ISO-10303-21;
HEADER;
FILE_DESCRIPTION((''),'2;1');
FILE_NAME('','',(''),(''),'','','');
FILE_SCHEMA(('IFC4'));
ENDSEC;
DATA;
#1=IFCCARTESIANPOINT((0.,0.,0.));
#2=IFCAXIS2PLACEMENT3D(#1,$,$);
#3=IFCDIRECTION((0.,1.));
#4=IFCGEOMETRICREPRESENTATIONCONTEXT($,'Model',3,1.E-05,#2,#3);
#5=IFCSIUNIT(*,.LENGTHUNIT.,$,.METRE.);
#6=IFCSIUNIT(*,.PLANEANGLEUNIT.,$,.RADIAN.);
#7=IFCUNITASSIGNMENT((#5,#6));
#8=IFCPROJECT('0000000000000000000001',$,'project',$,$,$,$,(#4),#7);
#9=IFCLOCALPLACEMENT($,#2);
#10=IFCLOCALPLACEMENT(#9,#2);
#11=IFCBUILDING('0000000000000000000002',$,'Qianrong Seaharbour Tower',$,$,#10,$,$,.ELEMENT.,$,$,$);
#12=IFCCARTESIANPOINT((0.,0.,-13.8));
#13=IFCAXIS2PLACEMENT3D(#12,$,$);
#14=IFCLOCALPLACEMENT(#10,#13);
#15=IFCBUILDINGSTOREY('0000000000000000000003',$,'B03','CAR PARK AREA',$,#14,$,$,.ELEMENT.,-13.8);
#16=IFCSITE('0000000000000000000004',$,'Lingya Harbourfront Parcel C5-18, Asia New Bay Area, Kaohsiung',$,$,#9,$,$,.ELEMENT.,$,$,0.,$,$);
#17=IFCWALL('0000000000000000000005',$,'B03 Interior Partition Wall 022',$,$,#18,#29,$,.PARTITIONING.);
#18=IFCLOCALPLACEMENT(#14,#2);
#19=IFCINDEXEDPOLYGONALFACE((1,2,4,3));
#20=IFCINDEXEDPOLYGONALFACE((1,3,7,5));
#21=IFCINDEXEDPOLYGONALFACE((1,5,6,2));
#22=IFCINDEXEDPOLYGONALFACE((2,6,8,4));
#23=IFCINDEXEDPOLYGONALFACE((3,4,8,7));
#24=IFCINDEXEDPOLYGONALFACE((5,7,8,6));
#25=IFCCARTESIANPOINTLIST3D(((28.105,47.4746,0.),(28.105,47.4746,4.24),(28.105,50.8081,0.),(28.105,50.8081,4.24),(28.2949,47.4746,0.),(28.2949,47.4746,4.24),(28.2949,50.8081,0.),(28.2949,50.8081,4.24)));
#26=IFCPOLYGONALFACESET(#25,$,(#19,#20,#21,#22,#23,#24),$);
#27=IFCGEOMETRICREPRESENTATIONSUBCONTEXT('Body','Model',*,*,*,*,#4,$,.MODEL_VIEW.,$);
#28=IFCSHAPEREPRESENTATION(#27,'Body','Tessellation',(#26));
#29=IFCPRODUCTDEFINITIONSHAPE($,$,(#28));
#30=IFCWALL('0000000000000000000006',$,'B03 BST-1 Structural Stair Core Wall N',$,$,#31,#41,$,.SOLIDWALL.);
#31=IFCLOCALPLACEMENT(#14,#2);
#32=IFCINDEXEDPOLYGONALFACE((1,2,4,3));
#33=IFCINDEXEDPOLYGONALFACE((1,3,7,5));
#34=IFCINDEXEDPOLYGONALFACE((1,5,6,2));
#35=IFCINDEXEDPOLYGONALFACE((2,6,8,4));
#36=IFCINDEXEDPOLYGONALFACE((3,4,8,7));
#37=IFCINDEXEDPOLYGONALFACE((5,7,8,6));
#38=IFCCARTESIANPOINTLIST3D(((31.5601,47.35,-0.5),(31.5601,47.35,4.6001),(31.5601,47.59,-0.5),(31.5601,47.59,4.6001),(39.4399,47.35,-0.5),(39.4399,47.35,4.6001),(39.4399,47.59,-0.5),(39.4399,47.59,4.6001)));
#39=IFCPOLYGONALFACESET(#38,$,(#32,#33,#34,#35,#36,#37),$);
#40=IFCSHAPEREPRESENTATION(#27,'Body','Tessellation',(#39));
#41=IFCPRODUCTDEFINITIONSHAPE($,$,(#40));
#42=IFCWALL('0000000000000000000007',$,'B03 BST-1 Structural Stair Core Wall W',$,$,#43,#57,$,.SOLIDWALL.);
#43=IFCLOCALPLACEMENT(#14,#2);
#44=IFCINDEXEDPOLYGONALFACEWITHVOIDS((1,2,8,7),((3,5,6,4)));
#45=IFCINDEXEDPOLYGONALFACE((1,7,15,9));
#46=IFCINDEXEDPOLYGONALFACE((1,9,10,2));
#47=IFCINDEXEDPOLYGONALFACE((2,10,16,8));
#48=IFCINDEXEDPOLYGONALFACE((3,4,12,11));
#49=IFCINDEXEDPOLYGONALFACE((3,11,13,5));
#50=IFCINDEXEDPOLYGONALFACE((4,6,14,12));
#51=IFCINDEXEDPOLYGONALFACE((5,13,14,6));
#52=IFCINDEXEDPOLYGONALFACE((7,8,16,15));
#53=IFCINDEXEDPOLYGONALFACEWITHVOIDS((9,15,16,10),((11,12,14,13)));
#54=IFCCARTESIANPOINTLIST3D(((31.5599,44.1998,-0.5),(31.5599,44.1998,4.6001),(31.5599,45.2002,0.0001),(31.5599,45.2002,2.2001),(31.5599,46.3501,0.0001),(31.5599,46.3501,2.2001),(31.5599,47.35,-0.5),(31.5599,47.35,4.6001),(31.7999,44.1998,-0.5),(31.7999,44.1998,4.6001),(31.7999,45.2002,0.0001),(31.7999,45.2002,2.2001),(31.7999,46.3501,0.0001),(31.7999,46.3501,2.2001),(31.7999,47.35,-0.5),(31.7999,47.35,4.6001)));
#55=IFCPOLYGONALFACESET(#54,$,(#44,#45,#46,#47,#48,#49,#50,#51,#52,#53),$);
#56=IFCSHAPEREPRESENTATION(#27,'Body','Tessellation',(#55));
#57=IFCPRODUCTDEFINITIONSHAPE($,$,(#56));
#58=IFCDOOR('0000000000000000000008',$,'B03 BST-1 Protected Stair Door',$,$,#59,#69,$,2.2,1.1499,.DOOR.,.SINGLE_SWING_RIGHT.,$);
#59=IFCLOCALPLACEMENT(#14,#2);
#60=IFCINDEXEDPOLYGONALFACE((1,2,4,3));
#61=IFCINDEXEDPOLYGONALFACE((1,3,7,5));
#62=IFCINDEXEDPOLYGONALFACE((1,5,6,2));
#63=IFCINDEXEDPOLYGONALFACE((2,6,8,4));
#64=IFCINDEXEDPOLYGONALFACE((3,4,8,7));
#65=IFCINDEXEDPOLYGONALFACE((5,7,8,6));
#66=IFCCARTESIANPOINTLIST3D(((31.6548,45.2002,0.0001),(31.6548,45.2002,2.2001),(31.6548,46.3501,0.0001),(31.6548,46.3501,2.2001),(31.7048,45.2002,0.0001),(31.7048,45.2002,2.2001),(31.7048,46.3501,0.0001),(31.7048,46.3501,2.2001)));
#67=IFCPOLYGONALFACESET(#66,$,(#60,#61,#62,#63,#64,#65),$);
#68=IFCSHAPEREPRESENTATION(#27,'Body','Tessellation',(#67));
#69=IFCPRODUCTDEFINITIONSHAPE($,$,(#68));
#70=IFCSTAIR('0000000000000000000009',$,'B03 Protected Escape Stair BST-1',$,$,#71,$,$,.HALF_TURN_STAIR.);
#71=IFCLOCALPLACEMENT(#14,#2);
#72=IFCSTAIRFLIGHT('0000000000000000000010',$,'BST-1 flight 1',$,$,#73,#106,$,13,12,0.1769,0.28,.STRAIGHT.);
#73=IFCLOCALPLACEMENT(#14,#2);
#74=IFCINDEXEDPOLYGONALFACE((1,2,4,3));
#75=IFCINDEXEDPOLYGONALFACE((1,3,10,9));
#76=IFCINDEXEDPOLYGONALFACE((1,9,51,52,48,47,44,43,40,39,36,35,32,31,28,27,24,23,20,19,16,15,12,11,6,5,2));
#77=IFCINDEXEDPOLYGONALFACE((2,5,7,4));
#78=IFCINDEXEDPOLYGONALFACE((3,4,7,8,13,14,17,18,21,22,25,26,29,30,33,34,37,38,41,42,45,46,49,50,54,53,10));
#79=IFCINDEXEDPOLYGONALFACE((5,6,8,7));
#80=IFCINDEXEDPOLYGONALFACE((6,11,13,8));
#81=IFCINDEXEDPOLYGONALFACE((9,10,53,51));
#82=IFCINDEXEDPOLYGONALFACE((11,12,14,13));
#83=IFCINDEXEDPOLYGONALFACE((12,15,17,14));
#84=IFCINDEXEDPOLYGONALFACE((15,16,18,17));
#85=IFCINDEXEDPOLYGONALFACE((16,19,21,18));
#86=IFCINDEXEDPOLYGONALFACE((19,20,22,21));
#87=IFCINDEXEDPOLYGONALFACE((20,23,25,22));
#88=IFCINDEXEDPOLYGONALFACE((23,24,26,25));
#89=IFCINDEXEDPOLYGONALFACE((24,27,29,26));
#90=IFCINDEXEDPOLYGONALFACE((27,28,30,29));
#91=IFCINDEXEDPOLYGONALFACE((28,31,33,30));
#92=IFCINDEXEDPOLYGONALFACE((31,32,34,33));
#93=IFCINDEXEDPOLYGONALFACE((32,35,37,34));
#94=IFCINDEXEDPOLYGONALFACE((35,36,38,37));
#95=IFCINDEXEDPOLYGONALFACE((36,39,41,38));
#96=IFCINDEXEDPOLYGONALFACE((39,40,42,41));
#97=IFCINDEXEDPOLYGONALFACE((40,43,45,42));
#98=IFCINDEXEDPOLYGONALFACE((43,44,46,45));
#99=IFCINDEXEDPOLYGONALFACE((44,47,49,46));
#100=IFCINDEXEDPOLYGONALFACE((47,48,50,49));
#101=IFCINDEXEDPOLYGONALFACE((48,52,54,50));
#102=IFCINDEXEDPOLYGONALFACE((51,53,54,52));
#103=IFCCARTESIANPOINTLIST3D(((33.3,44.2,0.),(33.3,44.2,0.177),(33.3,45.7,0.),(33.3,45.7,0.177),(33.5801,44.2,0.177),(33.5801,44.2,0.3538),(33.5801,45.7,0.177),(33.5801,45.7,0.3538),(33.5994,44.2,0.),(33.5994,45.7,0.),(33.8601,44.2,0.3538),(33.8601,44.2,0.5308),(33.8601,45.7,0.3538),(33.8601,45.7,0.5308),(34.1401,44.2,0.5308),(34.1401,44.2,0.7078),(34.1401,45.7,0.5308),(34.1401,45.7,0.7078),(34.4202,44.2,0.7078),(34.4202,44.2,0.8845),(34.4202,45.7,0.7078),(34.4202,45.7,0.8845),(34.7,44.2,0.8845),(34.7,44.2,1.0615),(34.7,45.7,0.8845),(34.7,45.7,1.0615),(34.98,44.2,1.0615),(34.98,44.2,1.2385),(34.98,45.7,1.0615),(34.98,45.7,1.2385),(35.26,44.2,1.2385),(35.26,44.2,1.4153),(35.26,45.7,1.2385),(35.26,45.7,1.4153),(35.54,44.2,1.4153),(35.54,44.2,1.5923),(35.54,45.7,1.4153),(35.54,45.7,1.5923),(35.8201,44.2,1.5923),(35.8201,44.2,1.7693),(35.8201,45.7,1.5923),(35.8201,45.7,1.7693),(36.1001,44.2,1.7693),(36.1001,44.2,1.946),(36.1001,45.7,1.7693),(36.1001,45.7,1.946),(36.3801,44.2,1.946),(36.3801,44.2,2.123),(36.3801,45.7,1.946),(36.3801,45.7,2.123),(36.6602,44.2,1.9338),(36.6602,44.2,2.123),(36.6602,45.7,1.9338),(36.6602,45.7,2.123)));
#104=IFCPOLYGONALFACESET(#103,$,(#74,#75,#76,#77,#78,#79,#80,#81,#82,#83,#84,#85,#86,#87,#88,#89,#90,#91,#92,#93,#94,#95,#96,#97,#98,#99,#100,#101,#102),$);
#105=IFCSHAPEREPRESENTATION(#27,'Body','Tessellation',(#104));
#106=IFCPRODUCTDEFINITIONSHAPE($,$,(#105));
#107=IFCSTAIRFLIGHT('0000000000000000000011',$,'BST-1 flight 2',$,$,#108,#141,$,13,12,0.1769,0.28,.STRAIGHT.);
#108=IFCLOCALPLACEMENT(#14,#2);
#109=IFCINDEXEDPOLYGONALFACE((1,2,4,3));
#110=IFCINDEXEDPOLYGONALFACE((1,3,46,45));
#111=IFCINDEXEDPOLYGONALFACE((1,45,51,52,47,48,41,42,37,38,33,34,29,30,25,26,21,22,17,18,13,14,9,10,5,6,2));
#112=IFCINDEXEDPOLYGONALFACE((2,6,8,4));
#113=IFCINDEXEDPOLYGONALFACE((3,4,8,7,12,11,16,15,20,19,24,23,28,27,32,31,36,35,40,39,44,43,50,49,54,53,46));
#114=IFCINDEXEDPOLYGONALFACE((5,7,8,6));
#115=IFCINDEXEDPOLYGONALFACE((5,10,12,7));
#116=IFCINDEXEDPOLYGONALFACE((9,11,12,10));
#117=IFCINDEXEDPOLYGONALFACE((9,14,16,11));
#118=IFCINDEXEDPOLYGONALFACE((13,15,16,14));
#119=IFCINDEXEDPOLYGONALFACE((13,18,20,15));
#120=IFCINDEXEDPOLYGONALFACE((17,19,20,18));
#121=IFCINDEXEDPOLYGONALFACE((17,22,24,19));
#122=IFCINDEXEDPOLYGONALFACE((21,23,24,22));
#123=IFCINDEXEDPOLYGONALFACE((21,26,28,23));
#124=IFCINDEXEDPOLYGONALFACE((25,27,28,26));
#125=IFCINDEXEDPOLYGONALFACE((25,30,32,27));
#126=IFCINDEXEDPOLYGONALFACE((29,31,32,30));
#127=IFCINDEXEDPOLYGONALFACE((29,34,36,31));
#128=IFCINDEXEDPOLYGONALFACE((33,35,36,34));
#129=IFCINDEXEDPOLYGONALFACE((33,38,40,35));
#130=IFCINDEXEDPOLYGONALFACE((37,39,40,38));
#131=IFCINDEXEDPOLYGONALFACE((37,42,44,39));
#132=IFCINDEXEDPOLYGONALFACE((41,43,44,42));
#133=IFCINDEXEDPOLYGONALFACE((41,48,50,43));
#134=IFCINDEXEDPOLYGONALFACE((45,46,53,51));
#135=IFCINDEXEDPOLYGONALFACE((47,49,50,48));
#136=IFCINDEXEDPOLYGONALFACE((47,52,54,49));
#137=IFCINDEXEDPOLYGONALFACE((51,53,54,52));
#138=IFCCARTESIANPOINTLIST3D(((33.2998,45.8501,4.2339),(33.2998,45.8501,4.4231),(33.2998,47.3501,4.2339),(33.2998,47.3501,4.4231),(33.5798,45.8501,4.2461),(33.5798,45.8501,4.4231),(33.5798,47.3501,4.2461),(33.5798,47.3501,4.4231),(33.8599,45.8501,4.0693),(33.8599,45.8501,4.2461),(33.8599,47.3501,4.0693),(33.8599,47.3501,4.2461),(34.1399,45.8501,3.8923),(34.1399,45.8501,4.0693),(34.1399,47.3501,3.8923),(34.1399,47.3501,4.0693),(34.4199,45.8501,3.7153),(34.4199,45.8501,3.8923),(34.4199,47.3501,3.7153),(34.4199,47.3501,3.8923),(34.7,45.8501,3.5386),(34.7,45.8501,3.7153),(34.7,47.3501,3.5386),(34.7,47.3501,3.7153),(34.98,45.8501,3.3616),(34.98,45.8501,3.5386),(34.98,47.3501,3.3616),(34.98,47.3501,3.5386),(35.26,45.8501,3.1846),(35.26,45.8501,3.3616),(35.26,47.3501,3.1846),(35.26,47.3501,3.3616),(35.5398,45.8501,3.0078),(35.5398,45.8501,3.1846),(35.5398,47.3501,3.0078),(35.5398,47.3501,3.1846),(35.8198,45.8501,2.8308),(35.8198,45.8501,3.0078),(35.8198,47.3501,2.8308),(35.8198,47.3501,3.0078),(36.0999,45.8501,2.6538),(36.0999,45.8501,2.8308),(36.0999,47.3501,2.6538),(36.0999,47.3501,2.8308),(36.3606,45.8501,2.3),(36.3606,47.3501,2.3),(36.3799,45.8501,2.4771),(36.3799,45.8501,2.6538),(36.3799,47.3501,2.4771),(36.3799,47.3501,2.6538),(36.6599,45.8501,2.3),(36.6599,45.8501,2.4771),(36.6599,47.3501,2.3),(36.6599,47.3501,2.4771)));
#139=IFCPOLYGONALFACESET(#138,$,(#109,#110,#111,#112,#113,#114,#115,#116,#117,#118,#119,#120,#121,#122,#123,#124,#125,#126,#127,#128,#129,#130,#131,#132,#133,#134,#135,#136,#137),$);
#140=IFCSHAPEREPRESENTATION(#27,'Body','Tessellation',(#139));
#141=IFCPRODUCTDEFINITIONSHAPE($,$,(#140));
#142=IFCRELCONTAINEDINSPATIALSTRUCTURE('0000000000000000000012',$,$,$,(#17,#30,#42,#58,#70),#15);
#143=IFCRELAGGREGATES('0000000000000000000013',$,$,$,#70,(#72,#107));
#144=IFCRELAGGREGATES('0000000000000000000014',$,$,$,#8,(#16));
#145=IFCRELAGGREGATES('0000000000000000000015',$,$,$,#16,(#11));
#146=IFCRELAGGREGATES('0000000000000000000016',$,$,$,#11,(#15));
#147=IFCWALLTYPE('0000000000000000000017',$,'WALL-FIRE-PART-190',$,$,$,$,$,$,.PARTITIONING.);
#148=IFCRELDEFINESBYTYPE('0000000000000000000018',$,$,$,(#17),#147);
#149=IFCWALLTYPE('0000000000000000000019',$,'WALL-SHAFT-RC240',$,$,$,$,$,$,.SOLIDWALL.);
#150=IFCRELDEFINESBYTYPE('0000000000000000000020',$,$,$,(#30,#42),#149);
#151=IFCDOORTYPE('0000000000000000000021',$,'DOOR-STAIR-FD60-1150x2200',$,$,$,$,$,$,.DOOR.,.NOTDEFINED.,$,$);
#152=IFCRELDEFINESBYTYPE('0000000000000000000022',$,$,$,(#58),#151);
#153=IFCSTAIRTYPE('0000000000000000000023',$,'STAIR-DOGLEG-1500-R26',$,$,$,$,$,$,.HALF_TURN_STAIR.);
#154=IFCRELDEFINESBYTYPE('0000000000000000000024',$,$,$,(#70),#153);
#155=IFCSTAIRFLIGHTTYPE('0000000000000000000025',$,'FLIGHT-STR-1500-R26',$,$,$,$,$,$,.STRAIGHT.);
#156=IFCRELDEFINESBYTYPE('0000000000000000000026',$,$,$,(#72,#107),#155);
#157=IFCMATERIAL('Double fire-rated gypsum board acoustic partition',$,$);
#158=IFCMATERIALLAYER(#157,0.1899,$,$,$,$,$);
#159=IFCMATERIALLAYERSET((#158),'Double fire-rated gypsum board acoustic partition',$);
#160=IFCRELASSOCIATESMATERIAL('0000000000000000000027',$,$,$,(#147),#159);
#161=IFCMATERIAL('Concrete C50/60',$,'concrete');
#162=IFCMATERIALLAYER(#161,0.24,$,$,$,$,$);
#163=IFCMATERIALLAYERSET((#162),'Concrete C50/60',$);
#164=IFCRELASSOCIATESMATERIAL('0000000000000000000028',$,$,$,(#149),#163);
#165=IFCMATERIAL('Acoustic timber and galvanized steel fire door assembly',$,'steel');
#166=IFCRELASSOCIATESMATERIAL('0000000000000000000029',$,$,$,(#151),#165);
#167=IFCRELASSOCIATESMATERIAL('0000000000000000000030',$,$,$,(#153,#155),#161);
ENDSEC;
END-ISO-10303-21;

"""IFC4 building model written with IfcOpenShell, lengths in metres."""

from ifc_helpers import new_model, si_unit, direction, frame, frame_2d, origin, place, context, subcontext, project, spatial, polyline, rectangle, outline, extrude, material, layer, layer_set, type_object, element, fill, aggregate, save


model = new_model("IFC4")

# Units and contexts
model_context = context("Model", 3, precision=1e-05, world=origin(), true_north=direction((0.0, 1.0)))
body_context = subcontext(model_context, "Body", "Model", "MODEL_VIEW")
ifc_project = project(units=[si_unit("LENGTHUNIT", "METRE"), si_unit("PLANEANGLEUNIT", "RADIAN")], contexts=[model_context])

# Site, building, storey
site_placement = place(None, origin())
site = spatial("IfcSite", under=ifc_project, at=site_placement, Name="Lingya Harbourfront Parcel C5-18, Asia New Bay Area, Kaohsiung", CompositionType="ELEMENT", RefElevation=0.0)
building_placement = place(site_placement, origin())
building = spatial("IfcBuilding", under=site, at=building_placement, Name="Qianrong Seaharbour Tower", CompositionType="ELEMENT")
storey_placement = place(building_placement, frame((0.0, 0.0, -13.8)))
storey = spatial("IfcBuildingStorey", under=building, at=storey_placement, Name="B03", Description="CAR PARK AREA", CompositionType="ELEMENT", Elevation=-13.8)

# Shared definitions
ifc_material_1 = material(Name="Concrete C50/60", Category="concrete")

# Shared definitions
ifc_material_2 = material(Name="Acoustic timber and galvanized steel fire door assembly", Category="steel")

# Walls
ifc_material_3 = material(Name="Double fire-rated gypsum board acoustic partition")
ifc_layer_1 = layer(ifc_material_3, 0.1899)
ifc_layer_set_1 = layer_set([ifc_layer_1], Name="Double fire-rated gypsum board acoustic partition")
wall_type_1 = type_object("IfcWallType", Name="WALL-FIRE-PART-190", PredefinedType="PARTITIONING", material=ifc_layer_set_1)
wall_1_placement = place(storey_placement, frame((28.2, 50.8081, 0.0), z_axis=(0.0, 0.0, 1.0), x_axis=(0.0, -1.0, 0.0)))
element("IfcWall", 1, at=wall_1_placement, inside=storey, type_object=wall_type_1, Name="B03 Interior Partition Wall 022", PredefinedType="PARTITIONING", context=body_context, shape_type="SweptSolid", body=[
    extrude(rectangle(XDim=3.3335, YDim=0.1899, at=frame_2d((1.6667, 0.0))), origin(), (0.0, 0.0, 1.0), 4.24),
])
ifc_layer_2 = layer(ifc_material_1, 0.24)
ifc_layer_set_2 = layer_set([ifc_layer_2], Name="Concrete C50/60")
wall_type_2 = type_object("IfcWallType", Name="WALL-SHAFT-RC240", PredefinedType="SOLIDWALL", material=ifc_layer_set_2)
wall_2_placement = place(storey_placement, frame((31.5601, 47.47, -0.5), z_axis=(0.0, 0.0, 1.0), x_axis=(1.0, 0.0, 0.0)))
element("IfcWall", 2, at=wall_2_placement, inside=storey, type_object=wall_type_2, Name="B03 BST-1 Structural Stair Core Wall N", PredefinedType="SOLIDWALL", context=body_context, shape_type="SweptSolid", body=[
    extrude(rectangle(XDim=7.8799, YDim=0.24, at=frame_2d((3.9399, 0.0))), origin(), (0.0, 0.0, 1.0), 5.1001),
])

# Wall, opening, door
wall_3_placement = place(storey_placement, frame((31.6799, 47.3501, -0.5), z_axis=(0.0, 0.0, 1.0), x_axis=(0.0, -1.0, 0.0)))
wall_3 = element("IfcWall", 3, at=wall_3_placement, inside=storey, type_object=wall_type_2, Name="B03 BST-1 Structural Stair Core Wall W", PredefinedType="SOLIDWALL", context=body_context, shape_type="SweptSolid", body=[
    extrude(rectangle(XDim=3.1501, YDim=0.24, at=frame_2d((1.5752, 0.0))), origin(), (0.0, 0.0, 1.0), 5.1001),
])
opening_1_placement = place(wall_3_placement, frame((1.0, 0.0, 0.5)))
opening_1 = element("IfcOpeningElement", 4, at=opening_1_placement, cuts=wall_3, PredefinedType="OPENING", context=body_context, shape_type="SweptSolid", body=[
    extrude(rectangle(XDim=1.1499, YDim=2.2, at=frame_2d((0.575, 1.1001))), frame((0.0, 0.1299, 0.0), z_axis=(0.0, -1.0, 0.0), x_axis=(1.0, 0.0, 0.0)), (0.0, 0.0, 1.0), 0.26),
])
door_type_1 = type_object("IfcDoorType", Name="DOOR-STAIR-FD60-1150x2200", OperationType="NOTDEFINED", PredefinedType="DOOR", material=ifc_material_2)
door_1_placement = place(opening_1_placement, origin())
door_1 = element("IfcDoor", 5, at=door_1_placement, inside=storey, type_object=door_type_1, Name="B03 BST-1 Protected Stair Door", OperationType="SINGLE_SWING_RIGHT", OverallHeight=2.2, OverallWidth=1.1499, PredefinedType="DOOR", context=body_context, shape_type="SweptSolid", body=[
    extrude(rectangle(XDim=1.1499, YDim=2.2, at=frame_2d((0.575, 1.1001))), frame((0.0, 0.0249, 0.0), z_axis=(0.0, -1.0, 0.0), x_axis=(1.0, 0.0, 0.0)), (0.0, 0.0, 1.0), 0.05),
])
fill(opening_1, door_1)

# Stair, stair flights
stair_type = type_object("IfcStairType", Name="STAIR-DOGLEG-1500-R26", PredefinedType="HALF_TURN_STAIR", material=ifc_material_1)
stair_placement = place(storey_placement, origin())
stair = element("IfcStair", 6, at=stair_placement, inside=storey, type_object=stair_type, Name="B03 Protected Escape Stair BST-1", PredefinedType="HALF_TURN_STAIR")
stair_flight_type = type_object("IfcStairFlightType", Name="FLIGHT-STR-1500-R26", PredefinedType="STRAIGHT", material=ifc_material_1)
stair_flight_1_placement = place(storey_placement, frame((33.3, 44.95, 0.0), z_axis=(0.0, 0.0, 1.0), x_axis=(1.0, 0.0, 0.0)))
stair_flight_1 = element("IfcStairFlight", 7, at=stair_flight_1_placement, type_object=stair_flight_type, Name="BST-1 flight 1", NumberOfRisers=13, NumberOfTreads=12, PredefinedType="STRAIGHT", RiserHeight=0.1769, TreadLength=0.28, context=body_context, shape_type="SweptSolid", body=[
    extrude(outline(polyline([(0.0, 0.0), (0.0, 0.177), (0.28, 0.177), (0.28, 0.3538), (0.5601, 0.3538), (0.5601, 0.5308), (0.8401, 0.5308), (0.8401, 0.7078), (1.1201, 0.7078), (1.1201, 0.8845), (1.3999, 0.8845), (1.3999, 1.0615), (1.6799, 1.0615), (1.6799, 1.2385), (1.96, 1.2385), (1.96, 1.4153), (2.24, 1.4153), (2.24, 1.5923), (2.52, 1.5923), (2.52, 1.7693), (2.8, 1.7693), (2.8, 1.946), (3.0801, 1.946), (3.0801, 2.123), (3.3601, 2.123), (3.3601, 2.3), (3.3601, 1.9338), (0.2993, 0.0), (0.0, 0.0)])), frame((0.0, 0.75, 0.0), z_axis=(0.0, -1.0, 0.0), x_axis=(1.0, 0.0, 0.0)), (0.0, 0.0, 1.0), 1.5),
])
stair_flight_2_placement = place(storey_placement, frame((36.6599, 46.6001, 2.3), z_axis=(0.0, 0.0, 1.0), x_axis=(-1.0, 0.0, 0.0)))
stair_flight_2 = element("IfcStairFlight", 8, at=stair_flight_2_placement, type_object=stair_flight_type, Name="BST-1 flight 2", NumberOfRisers=13, NumberOfTreads=12, PredefinedType="STRAIGHT", RiserHeight=0.1769, TreadLength=0.28, context=body_context, shape_type="SweptSolid", body=[
    extrude(outline(polyline([(0.0, 0.0), (0.0, 0.177), (0.28, 0.177), (0.28, 0.3538), (0.5601, 0.3538), (0.5601, 0.5308), (0.8401, 0.5308), (0.8401, 0.7078), (1.1201, 0.7078), (1.1201, 0.8845), (1.3999, 0.8845), (1.3999, 1.0615), (1.6799, 1.0615), (1.6799, 1.2385), (1.96, 1.2385), (1.96, 1.4153), (2.24, 1.4153), (2.24, 1.5923), (2.52, 1.5923), (2.52, 1.7693), (2.8, 1.7693), (2.8, 1.946), (3.0801, 1.946), (3.0801, 2.123), (3.3601, 2.123), (3.3601, 2.3), (3.3601, 1.9338), (0.2993, 0.0), (0.0, 0.0)])), frame((0.0, 0.75, 0.0), z_axis=(0.0, -1.0, 0.0), x_axis=(1.0, 0.0, 0.0)), (0.0, 0.0, 1.0), 1.5),
])
aggregate(stair, [stair_flight_1, stair_flight_2])

save(model, "model.ifc")
